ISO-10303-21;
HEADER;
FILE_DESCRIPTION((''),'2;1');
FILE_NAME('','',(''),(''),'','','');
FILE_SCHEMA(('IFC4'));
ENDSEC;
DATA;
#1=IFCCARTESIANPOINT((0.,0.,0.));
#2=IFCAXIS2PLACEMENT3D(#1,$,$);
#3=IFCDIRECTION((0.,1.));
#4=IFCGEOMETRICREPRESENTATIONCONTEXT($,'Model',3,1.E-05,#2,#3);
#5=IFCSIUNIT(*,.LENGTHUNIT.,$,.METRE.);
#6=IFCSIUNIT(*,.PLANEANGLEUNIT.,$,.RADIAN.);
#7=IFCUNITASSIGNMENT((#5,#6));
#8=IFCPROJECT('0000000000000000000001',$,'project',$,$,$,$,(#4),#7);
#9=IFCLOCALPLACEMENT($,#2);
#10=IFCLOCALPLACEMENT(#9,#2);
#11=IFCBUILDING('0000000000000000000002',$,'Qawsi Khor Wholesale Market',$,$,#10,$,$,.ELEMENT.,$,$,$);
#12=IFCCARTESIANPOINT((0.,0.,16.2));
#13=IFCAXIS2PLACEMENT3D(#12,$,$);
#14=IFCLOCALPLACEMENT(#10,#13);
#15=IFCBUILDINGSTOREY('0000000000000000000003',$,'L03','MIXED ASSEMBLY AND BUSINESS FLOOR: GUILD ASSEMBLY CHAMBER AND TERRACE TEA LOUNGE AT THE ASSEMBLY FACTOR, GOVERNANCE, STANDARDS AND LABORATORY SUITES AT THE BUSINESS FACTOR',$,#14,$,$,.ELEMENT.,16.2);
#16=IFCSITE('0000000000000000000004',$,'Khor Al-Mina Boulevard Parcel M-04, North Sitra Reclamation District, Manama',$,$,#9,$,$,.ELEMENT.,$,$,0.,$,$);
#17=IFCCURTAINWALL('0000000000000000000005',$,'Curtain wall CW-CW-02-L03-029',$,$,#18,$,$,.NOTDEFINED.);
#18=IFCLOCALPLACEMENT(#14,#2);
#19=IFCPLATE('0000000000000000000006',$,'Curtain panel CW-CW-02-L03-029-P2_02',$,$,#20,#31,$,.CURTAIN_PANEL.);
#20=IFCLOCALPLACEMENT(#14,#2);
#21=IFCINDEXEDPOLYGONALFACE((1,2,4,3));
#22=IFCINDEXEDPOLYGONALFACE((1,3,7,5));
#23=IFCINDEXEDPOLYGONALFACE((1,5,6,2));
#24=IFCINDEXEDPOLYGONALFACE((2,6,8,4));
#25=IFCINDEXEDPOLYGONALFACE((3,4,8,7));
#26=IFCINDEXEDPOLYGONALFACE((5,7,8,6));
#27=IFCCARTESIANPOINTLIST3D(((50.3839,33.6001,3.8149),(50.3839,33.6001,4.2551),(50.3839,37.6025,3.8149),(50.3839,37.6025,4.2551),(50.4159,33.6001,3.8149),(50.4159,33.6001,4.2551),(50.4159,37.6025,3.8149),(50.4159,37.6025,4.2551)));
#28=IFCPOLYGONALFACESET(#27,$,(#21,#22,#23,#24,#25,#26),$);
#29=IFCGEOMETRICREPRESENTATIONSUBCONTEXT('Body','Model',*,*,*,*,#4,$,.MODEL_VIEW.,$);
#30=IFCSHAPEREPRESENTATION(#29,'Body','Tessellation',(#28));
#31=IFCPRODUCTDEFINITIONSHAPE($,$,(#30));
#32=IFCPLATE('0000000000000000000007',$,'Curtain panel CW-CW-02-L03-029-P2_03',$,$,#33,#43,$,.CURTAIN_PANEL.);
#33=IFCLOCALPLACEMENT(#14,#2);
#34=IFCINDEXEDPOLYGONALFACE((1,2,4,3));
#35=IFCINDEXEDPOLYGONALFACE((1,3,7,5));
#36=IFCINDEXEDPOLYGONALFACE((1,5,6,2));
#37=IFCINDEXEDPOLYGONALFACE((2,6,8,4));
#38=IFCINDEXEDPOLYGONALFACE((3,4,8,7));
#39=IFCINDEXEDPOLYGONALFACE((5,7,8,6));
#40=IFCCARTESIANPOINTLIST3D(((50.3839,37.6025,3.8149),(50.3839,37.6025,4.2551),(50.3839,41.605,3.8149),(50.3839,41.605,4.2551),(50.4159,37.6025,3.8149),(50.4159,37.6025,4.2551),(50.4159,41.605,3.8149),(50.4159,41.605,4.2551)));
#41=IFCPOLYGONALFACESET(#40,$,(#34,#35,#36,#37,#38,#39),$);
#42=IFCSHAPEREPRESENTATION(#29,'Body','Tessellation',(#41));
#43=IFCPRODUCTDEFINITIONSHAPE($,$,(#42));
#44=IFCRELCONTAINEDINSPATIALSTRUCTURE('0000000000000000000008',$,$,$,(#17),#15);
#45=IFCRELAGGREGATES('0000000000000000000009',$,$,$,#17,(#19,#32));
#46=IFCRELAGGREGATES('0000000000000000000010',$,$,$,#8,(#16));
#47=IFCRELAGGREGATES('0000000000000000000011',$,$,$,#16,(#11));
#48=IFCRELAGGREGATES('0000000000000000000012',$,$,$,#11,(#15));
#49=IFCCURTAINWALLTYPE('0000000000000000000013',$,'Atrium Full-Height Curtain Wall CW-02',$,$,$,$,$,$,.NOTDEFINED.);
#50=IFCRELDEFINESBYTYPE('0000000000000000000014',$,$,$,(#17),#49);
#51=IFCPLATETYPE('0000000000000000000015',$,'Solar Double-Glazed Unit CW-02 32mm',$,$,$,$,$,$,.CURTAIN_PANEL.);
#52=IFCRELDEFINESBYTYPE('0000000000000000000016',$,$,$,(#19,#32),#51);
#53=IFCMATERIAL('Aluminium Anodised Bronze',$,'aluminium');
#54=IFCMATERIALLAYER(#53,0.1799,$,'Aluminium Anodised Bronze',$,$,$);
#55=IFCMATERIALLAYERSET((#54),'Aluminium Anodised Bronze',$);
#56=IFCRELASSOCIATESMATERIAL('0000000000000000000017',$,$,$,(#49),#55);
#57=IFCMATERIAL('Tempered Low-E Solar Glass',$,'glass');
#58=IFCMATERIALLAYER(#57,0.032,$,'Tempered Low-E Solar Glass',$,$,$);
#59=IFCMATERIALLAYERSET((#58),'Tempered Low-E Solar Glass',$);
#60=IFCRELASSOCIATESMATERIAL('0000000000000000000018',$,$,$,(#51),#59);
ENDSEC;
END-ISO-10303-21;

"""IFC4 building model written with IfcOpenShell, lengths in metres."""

from ifc_helpers import new_model, si_unit, direction, frame, frame_2d, origin, place, context, subcontext, project, spatial, rectangle, extrude, material, layer, layer_set, type_object, element, aggregate, save


model = new_model("IFC4")

# Units and contexts
model_context = context("Model", 3, precision=1e-05, world=origin(), true_north=direction((0.0, 1.0)))
body_context = subcontext(model_context, "Body", "Model", "MODEL_VIEW")
ifc_project = project(units=[si_unit("LENGTHUNIT", "METRE"), si_unit("PLANEANGLEUNIT", "RADIAN")], contexts=[model_context])

# Site, building, storey
site_placement = place(None, origin())
site = spatial("IfcSite", under=ifc_project, at=site_placement, Name="Khor Al-Mina Boulevard Parcel M-04, North Sitra Reclamation District, Manama", CompositionType="ELEMENT", RefElevation=0.0)
building_placement = place(site_placement, origin())
building = spatial("IfcBuilding", under=site, at=building_placement, Name="Qawsi Khor Wholesale Market", CompositionType="ELEMENT")
storey_placement = place(building_placement, frame((0.0, 0.0, 16.2)))
storey = spatial("IfcBuildingStorey", under=building, at=storey_placement, Name="L03", Description="MIXED ASSEMBLY AND BUSINESS FLOOR: GUILD ASSEMBLY CHAMBER AND TERRACE TEA LOUNGE AT THE ASSEMBLY FACTOR, GOVERNANCE, STANDARDS AND LABORATORY SUITES AT THE BUSINESS FACTOR", CompositionType="ELEMENT", Elevation=16.2)

# Curtain wall
ifc_material_1 = material(Name="Aluminium Anodised Bronze", Category="aluminium")
ifc_layer_1 = layer(ifc_material_1, 0.1799, Name="Aluminium Anodised Bronze")
ifc_layer_set_1 = layer_set([ifc_layer_1], Name="Aluminium Anodised Bronze")
curtain_wall_type = type_object("IfcCurtainWallType", Name="Atrium Full-Height Curtain Wall CW-02", PredefinedType="NOTDEFINED", material=ifc_layer_set_1)
curtain_wall_1_placement = place(storey_placement, origin())
curtain_wall_1 = element("IfcCurtainWall", 1, at=curtain_wall_1_placement, inside=storey, type_object=curtain_wall_type, Name="Curtain wall CW-CW-02-L03-029", PredefinedType="NOTDEFINED")

# Plates
ifc_material_2 = material(Name="Tempered Low-E Solar Glass", Category="glass")
ifc_layer_2 = layer(ifc_material_2, 0.032, Name="Tempered Low-E Solar Glass")
ifc_layer_set_2 = layer_set([ifc_layer_2], Name="Tempered Low-E Solar Glass")
plate_type_1 = type_object("IfcPlateType", Name="Solar Double-Glazed Unit CW-02 32mm", PredefinedType="CURTAIN_PANEL", material=ifc_layer_set_2)
plate_1_placement = place(storey_placement, frame((50.3999, 33.6001, 3.8149), z_axis=(0.0, 0.0, 1.0), x_axis=(0.0, 1.0, 0.0)))
plate_1 = element("IfcPlate", 2, at=plate_1_placement, type_object=plate_type_1, Name="Curtain panel CW-CW-02-L03-029-P2_02", PredefinedType="CURTAIN_PANEL", context=body_context, shape_type="SweptSolid", body=[
    extrude(rectangle(XDim=4.0024, YDim=0.032, at=frame_2d((2.0012, 0.0))), origin(), (0.0, 0.0, 1.0), 0.4402),
])
plate_2_placement = place(storey_placement, frame((50.3999, 37.6025, 3.8149), z_axis=(0.0, 0.0, 1.0), x_axis=(0.0, 1.0, 0.0)))
plate_2 = element("IfcPlate", 3, at=plate_2_placement, type_object=plate_type_1, Name="Curtain panel CW-CW-02-L03-029-P2_03", PredefinedType="CURTAIN_PANEL", context=body_context, shape_type="SweptSolid", body=[
    extrude(rectangle(XDim=4.0024, YDim=0.032, at=frame_2d((2.0012, 0.0))), origin(), (0.0, 0.0, 1.0), 0.4402),
])
aggregate(curtain_wall_1, [plate_1, plate_2])

save(model, "model.ifc")
